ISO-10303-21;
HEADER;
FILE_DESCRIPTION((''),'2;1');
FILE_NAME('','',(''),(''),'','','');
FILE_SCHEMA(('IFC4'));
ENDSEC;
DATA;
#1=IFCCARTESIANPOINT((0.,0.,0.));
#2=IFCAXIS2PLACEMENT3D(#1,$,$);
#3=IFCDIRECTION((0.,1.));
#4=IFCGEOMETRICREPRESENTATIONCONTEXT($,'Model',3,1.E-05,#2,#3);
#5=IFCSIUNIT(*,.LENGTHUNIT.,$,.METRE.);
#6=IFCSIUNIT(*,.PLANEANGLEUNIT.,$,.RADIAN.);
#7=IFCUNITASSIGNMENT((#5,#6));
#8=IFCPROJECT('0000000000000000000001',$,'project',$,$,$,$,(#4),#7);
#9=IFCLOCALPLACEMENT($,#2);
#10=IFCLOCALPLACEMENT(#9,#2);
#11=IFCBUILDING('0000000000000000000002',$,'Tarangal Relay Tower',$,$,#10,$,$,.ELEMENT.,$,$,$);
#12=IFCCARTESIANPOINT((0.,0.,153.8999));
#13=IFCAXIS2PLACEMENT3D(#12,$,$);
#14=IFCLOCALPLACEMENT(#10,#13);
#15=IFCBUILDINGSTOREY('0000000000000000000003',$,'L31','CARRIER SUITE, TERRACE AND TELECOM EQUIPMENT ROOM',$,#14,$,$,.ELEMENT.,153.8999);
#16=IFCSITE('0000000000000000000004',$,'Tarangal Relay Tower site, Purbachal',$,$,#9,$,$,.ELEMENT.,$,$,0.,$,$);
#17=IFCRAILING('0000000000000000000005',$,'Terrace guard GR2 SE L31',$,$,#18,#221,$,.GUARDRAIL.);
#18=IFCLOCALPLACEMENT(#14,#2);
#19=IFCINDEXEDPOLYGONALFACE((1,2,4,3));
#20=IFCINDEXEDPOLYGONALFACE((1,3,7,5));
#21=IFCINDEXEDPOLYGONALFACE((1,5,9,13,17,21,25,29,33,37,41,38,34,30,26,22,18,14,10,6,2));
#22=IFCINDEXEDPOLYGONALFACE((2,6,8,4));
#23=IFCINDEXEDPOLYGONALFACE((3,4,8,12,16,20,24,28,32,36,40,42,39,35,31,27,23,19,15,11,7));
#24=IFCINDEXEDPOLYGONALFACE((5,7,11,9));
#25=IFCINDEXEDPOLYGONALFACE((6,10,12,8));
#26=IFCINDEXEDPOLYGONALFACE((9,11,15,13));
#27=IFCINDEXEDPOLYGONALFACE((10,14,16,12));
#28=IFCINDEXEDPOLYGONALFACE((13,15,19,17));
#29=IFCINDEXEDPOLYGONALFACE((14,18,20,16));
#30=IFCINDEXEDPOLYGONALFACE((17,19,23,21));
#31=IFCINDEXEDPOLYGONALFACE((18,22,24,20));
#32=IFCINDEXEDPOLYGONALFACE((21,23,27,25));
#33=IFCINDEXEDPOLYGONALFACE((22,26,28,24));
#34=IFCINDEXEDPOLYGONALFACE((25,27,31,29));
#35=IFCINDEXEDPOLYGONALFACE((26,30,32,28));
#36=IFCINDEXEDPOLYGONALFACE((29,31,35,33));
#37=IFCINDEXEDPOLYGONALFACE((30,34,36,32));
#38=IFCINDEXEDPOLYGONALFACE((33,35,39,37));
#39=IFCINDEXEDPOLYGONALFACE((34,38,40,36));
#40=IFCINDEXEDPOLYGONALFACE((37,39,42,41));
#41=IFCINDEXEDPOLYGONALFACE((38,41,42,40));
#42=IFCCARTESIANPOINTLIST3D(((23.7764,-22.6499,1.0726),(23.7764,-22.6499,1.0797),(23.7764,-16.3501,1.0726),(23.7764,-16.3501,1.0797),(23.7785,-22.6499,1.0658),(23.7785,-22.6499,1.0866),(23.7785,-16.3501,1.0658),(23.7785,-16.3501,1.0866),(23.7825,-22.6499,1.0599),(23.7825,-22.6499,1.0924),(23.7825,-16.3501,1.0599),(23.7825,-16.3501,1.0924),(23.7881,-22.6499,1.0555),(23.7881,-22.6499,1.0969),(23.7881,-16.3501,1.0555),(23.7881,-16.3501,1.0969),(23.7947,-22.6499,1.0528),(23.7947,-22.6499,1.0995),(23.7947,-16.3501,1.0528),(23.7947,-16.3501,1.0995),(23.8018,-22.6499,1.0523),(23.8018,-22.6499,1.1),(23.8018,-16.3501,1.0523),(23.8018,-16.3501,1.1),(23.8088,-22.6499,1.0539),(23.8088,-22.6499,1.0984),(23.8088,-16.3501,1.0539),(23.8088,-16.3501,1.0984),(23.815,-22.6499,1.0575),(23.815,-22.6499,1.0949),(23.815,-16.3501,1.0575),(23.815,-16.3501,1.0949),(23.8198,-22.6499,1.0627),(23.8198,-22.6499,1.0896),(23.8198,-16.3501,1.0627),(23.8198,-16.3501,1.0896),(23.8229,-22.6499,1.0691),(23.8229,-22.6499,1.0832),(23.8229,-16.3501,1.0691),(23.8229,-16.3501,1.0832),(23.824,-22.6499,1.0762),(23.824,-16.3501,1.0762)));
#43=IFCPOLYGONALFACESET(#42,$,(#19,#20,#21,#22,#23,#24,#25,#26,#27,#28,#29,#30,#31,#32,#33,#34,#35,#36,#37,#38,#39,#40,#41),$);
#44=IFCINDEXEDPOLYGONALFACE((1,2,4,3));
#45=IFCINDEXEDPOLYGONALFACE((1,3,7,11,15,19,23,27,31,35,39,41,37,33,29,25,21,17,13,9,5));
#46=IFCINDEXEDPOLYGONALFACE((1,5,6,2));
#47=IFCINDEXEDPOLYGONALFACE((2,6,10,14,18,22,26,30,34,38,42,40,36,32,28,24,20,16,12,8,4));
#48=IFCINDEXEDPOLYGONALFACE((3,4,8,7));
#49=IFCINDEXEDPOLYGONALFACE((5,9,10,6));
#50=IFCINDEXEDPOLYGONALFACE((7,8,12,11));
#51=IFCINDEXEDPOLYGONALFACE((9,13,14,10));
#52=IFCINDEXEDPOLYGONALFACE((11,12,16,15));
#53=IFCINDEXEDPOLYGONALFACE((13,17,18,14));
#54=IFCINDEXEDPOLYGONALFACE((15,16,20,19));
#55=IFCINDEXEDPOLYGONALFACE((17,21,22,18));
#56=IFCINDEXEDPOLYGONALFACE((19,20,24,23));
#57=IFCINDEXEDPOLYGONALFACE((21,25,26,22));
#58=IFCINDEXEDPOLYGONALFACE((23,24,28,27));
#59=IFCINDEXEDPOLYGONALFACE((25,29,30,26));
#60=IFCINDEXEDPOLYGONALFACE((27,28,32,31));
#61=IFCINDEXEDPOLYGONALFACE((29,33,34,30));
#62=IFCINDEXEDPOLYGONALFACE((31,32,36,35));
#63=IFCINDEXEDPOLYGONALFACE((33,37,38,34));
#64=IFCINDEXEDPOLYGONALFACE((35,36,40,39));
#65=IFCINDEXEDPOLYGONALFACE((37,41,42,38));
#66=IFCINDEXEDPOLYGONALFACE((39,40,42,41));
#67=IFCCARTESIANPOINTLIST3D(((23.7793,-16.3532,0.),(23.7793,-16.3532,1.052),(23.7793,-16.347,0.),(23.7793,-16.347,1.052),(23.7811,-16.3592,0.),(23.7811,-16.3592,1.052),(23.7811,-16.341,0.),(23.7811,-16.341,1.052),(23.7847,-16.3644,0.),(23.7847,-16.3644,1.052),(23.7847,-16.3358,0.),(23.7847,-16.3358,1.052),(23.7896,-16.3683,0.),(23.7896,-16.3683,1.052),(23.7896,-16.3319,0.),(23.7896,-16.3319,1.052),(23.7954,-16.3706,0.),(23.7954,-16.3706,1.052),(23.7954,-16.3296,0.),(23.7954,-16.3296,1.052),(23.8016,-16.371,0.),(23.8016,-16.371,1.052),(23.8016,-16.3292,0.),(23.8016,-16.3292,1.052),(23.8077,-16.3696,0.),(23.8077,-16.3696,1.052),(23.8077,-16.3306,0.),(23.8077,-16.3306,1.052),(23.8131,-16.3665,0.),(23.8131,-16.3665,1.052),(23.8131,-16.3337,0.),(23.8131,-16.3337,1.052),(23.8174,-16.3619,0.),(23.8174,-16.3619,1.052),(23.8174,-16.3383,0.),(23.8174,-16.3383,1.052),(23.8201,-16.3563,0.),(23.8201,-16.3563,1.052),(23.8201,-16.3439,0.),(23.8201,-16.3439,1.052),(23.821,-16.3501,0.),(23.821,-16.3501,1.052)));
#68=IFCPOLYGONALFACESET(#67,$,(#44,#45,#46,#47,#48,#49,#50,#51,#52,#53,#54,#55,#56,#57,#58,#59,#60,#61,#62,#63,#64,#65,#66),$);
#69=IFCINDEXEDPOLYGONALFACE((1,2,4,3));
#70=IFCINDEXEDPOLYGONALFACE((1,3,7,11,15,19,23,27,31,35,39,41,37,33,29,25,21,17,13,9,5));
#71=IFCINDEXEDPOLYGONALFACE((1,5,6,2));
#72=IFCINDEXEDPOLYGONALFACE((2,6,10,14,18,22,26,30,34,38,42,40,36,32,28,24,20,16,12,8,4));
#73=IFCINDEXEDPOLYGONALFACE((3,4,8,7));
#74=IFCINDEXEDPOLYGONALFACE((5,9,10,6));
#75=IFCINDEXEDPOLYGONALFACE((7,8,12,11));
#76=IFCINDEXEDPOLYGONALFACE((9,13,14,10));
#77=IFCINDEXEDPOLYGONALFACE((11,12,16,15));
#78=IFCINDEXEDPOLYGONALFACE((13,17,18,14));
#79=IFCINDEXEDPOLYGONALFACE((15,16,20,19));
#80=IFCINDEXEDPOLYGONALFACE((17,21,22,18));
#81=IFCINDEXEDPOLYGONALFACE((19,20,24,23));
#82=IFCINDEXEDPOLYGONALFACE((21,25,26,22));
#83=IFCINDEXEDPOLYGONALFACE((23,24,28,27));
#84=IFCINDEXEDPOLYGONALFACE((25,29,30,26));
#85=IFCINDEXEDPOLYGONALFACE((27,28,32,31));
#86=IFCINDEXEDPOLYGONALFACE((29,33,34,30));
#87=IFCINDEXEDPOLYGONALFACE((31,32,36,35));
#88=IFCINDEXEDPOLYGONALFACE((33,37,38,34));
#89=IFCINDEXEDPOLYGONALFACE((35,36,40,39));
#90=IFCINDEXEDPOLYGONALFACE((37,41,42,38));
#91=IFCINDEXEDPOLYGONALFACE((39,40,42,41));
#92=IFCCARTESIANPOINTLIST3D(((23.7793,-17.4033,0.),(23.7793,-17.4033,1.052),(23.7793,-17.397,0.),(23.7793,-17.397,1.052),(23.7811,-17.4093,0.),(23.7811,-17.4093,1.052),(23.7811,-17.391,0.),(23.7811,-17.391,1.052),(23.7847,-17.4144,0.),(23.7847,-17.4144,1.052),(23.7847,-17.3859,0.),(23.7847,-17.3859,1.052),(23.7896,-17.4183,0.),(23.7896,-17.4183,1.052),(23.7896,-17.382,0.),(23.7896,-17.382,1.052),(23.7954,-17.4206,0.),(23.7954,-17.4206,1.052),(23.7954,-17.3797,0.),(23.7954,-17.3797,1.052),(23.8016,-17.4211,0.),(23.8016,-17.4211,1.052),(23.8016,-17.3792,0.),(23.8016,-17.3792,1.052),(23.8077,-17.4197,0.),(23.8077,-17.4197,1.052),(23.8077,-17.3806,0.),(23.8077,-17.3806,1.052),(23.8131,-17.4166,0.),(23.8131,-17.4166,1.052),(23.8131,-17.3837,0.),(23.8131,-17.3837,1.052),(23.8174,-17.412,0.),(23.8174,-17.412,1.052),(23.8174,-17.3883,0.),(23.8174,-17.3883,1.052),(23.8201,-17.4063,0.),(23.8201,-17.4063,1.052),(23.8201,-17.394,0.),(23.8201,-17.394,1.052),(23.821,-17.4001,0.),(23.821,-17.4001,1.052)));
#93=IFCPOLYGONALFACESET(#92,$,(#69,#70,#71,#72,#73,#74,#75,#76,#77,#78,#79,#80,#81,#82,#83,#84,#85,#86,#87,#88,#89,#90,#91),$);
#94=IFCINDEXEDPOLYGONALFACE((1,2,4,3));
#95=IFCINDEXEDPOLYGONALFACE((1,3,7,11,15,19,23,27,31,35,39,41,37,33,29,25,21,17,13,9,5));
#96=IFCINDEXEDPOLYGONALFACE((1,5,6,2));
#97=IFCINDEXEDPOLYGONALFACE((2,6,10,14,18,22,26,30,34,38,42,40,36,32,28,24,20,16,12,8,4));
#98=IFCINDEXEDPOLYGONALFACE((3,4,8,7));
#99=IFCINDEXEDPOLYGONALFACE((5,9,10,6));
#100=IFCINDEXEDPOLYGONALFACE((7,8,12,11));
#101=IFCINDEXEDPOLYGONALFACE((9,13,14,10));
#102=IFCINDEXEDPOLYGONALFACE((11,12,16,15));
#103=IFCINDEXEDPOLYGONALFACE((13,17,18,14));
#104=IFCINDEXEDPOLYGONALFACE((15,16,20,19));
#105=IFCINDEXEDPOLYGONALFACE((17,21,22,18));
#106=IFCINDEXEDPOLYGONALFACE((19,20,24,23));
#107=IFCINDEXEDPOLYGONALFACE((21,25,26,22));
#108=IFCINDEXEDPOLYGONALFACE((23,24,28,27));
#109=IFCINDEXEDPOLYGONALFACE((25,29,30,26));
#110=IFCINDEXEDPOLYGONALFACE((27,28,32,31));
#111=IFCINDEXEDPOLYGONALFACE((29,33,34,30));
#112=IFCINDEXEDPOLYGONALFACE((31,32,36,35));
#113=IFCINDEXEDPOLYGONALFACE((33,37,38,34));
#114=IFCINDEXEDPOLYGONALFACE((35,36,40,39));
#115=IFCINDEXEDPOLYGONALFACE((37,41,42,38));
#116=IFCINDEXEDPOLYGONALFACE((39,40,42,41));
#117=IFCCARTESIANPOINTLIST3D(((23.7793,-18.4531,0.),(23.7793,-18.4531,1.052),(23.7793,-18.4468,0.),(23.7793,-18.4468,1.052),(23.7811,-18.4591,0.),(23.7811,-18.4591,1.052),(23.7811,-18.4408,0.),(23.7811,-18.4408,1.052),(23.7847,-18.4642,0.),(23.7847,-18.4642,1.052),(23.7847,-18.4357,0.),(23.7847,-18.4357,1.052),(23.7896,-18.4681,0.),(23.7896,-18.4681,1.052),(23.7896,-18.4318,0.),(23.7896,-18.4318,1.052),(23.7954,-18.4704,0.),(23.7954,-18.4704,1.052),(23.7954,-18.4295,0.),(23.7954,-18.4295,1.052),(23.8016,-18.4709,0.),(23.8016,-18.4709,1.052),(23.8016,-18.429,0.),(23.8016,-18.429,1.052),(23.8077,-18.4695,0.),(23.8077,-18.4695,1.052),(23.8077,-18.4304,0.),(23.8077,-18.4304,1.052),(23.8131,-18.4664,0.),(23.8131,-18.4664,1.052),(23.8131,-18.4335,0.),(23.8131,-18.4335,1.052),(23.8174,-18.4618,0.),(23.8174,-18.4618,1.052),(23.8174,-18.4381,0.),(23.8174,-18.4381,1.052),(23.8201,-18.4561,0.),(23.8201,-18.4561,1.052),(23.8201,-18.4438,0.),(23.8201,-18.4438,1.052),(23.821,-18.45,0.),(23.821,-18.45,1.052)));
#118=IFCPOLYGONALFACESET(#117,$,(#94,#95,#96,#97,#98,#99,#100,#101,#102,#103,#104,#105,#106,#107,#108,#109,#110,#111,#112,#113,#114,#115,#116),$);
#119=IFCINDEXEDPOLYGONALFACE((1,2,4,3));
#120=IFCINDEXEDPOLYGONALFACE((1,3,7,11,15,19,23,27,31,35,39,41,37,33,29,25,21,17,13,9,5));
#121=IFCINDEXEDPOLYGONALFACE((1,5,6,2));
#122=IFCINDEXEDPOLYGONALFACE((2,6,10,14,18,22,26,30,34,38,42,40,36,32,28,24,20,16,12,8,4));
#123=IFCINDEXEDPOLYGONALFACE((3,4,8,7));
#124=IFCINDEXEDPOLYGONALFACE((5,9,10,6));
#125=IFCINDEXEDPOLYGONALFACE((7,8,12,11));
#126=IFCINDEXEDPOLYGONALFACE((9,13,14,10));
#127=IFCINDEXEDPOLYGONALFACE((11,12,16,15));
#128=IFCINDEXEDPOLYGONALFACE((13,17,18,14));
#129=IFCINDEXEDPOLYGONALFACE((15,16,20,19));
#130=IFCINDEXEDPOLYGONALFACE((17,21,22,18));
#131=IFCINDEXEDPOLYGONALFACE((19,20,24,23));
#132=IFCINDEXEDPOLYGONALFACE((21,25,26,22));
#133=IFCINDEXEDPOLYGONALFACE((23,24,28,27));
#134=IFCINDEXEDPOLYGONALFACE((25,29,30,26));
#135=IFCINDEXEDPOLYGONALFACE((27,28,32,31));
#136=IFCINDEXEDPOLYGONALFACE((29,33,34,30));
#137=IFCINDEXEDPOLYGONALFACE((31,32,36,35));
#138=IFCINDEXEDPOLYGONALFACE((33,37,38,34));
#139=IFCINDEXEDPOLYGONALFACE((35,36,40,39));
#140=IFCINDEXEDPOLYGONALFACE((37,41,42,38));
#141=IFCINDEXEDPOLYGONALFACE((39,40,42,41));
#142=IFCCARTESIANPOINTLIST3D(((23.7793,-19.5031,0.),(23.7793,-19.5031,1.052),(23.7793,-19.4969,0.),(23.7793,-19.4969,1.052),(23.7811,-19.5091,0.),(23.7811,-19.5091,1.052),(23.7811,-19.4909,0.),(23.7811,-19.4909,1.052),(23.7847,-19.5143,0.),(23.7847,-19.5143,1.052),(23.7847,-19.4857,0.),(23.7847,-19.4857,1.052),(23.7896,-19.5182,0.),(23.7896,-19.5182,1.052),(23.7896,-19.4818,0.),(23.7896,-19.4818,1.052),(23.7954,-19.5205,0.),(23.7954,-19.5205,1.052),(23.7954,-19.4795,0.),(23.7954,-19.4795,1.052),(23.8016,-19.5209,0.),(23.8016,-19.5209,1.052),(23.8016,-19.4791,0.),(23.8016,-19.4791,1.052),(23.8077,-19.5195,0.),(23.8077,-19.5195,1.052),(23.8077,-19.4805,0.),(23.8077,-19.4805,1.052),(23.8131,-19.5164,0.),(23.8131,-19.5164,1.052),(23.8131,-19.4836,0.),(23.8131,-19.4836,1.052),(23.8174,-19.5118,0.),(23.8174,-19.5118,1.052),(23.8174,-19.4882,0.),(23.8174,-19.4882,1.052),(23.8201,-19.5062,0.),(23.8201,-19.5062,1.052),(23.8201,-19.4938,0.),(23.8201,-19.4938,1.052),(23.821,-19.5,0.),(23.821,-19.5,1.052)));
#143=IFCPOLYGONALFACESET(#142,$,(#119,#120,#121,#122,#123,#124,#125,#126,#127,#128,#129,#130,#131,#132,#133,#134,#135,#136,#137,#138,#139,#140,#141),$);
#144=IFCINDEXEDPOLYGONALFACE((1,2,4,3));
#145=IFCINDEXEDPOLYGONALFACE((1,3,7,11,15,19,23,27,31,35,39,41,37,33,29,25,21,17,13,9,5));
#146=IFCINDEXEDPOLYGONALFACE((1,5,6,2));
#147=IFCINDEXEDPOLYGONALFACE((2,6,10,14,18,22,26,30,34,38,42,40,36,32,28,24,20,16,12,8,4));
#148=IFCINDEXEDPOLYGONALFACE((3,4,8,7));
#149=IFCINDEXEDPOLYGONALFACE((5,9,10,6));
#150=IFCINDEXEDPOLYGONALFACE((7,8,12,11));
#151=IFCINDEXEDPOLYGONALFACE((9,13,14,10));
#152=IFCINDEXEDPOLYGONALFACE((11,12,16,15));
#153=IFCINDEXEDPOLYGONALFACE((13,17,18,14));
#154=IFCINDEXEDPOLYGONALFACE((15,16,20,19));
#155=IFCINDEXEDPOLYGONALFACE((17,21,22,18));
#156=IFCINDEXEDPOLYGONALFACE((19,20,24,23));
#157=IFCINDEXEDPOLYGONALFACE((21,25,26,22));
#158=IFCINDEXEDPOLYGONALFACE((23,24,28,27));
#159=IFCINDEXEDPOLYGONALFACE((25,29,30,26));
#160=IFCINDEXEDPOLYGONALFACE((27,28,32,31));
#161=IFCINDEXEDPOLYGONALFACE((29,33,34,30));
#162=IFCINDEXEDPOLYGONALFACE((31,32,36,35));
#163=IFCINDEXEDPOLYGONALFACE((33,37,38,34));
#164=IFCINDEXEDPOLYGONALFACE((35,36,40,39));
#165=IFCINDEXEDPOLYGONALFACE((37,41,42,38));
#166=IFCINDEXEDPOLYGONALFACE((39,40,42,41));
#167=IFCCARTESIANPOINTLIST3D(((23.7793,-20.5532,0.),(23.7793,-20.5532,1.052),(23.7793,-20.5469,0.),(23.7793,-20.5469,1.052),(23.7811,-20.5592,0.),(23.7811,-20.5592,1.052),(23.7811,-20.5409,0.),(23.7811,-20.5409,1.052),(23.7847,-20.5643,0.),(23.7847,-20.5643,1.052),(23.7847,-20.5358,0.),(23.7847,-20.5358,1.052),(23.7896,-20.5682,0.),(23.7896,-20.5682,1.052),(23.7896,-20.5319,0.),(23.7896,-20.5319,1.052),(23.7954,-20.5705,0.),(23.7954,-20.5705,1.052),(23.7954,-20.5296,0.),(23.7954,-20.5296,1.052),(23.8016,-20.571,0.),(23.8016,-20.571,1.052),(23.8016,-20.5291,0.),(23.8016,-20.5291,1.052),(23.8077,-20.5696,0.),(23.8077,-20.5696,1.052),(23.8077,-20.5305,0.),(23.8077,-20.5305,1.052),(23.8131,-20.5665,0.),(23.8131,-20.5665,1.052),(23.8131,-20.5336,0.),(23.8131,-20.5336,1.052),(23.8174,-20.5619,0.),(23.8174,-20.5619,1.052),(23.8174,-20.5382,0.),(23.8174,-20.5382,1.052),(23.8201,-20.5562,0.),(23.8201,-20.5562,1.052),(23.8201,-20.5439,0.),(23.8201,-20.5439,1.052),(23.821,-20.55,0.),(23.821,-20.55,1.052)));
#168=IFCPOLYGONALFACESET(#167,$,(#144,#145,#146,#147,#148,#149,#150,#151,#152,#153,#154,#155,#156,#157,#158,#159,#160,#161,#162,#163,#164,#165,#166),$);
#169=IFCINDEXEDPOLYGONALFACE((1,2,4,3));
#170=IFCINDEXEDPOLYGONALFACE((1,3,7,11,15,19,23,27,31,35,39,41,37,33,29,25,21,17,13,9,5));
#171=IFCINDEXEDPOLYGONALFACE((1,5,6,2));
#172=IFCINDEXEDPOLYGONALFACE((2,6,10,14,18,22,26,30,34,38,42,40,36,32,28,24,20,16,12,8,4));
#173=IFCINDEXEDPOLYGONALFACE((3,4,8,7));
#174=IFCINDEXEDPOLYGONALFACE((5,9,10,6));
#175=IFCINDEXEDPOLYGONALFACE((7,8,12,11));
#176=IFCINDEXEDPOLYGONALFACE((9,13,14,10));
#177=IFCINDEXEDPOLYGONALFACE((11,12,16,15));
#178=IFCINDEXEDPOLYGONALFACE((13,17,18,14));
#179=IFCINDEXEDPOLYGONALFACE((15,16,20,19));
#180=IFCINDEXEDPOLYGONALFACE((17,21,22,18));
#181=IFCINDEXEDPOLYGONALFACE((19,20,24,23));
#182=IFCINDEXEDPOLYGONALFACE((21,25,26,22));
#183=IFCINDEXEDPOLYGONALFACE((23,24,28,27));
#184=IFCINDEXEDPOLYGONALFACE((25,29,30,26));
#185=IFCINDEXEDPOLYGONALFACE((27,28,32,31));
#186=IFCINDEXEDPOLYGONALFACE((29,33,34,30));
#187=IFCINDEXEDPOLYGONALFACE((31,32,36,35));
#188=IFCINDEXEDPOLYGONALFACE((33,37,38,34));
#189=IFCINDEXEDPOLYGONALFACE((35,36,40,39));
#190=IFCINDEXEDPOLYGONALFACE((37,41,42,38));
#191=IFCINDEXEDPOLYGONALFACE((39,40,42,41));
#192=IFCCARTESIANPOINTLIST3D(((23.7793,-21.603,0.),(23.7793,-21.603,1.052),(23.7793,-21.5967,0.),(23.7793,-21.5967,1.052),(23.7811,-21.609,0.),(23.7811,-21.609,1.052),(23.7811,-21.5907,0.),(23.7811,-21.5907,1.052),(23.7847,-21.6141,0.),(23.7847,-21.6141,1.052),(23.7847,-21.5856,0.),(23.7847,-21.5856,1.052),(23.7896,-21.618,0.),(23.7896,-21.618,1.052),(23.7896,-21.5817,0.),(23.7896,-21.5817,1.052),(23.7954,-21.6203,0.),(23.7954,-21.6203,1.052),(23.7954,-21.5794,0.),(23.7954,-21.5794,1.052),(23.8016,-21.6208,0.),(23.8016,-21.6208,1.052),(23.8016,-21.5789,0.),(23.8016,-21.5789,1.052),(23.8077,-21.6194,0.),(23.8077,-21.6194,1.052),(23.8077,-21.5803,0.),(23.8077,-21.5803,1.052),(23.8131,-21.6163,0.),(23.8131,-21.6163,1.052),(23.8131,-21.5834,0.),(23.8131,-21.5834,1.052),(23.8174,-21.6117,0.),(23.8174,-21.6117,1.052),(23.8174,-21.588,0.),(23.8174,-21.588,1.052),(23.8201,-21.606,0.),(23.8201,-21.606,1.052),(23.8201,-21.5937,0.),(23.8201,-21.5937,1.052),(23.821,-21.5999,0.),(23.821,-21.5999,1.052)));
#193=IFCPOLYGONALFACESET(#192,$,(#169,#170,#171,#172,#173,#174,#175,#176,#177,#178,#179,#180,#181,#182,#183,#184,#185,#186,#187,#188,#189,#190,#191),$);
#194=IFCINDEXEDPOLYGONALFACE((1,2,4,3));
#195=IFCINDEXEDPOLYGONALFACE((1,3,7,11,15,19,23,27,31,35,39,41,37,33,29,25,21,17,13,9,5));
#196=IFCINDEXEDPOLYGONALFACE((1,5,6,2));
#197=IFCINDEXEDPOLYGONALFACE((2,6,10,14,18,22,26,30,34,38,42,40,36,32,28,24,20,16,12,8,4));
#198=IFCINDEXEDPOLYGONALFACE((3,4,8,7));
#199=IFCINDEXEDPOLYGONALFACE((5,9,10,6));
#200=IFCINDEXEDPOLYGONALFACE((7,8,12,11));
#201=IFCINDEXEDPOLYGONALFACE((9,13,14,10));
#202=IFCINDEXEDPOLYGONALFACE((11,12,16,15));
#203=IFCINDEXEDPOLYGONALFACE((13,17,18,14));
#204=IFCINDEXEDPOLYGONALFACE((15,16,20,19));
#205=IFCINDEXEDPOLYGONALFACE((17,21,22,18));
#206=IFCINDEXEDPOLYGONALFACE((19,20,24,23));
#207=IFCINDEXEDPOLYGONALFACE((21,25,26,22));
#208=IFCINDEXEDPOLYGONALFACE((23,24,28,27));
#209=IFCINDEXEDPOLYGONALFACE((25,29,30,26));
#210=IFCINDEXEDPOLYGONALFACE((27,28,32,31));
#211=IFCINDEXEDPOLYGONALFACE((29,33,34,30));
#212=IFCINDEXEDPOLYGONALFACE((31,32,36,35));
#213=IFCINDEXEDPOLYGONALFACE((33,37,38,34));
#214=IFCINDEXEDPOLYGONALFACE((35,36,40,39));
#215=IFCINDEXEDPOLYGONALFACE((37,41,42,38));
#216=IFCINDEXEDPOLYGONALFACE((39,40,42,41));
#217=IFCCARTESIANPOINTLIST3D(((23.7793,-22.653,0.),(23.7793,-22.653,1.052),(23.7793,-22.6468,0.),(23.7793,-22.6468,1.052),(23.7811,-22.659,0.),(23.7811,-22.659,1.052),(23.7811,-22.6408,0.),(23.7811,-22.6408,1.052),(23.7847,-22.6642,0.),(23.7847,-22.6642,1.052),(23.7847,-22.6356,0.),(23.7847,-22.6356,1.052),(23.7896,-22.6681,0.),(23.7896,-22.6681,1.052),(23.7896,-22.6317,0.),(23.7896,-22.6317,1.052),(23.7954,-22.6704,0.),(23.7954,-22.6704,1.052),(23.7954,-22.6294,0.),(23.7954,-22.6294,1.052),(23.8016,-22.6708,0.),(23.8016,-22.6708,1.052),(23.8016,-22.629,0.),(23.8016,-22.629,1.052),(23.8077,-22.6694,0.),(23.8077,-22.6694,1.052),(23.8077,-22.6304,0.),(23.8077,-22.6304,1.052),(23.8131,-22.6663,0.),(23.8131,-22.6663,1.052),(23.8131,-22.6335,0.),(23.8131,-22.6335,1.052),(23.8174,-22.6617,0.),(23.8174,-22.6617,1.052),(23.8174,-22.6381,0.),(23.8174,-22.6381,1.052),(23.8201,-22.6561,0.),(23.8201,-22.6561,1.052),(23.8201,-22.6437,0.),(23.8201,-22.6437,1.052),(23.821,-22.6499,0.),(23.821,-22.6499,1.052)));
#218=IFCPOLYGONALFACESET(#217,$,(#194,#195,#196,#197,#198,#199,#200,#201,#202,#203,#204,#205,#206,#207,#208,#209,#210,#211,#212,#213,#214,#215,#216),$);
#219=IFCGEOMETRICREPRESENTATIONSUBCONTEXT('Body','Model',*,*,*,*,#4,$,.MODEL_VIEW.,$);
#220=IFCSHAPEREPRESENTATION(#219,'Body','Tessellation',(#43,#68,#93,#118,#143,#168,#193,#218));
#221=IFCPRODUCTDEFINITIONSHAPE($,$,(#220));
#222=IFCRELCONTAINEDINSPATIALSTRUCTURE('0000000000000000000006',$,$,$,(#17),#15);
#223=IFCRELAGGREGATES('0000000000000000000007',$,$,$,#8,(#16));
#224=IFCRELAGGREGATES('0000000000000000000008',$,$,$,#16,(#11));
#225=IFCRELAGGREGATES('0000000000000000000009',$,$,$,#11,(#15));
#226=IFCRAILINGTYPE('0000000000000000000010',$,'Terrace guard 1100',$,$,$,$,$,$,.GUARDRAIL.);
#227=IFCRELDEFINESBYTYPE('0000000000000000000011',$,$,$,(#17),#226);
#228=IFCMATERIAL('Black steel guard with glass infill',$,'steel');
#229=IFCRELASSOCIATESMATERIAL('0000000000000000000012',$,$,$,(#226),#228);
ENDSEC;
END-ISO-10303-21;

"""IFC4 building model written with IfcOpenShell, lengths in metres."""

from ifc_helpers import new_model, si_unit, direction, frame, origin, origin_2d, place, context, subcontext, project, spatial, circle, extrude, material, type_object, element, save


model = new_model("IFC4")

# Units and contexts
model_context = context("Model", 3, precision=1e-05, world=origin(), true_north=direction((0.0, 1.0)))
body_context = subcontext(model_context, "Body", "Model", "MODEL_VIEW")
ifc_project = project(units=[si_unit("LENGTHUNIT", "METRE"), si_unit("PLANEANGLEUNIT", "RADIAN")], contexts=[model_context])

# Site, building, storey
site_placement = place(None, origin())
site = spatial("IfcSite", under=ifc_project, at=site_placement, Name="Tarangal Relay Tower site, Purbachal", CompositionType="ELEMENT", RefElevation=0.0)
building_placement = place(site_placement, origin())
building = spatial("IfcBuilding", under=site, at=building_placement, Name="Tarangal Relay Tower", CompositionType="ELEMENT")
storey_placement = place(building_placement, frame((0.0, 0.0, 153.8999)))
storey = spatial("IfcBuildingStorey", under=building, at=storey_placement, Name="L31", Description="CARRIER SUITE, TERRACE AND TELECOM EQUIPMENT ROOM", CompositionType="ELEMENT", Elevation=153.8999)

# Railing
ifc_material_1 = material(Name="Black steel guard with glass infill", Category="steel")
railing_type = type_object("IfcRailingType", Name="Terrace guard 1100", PredefinedType="GUARDRAIL", material=ifc_material_1)
railing_placement = place(storey_placement, frame((23.8, -16.3501, 0.0)))
element("IfcRailing", 1, at=railing_placement, inside=storey, type_object=railing_type, Name="Terrace guard GR2 SE L31", PredefinedType="GUARDRAIL", context=body_context, shape_type="SweptSolid", body=[
    extrude(circle(Radius=0.0239, at=origin_2d()), frame((0.0, 0.0, 1.0762), z_axis=(0.0, -1.0, 0.0), x_axis=(1.0, 0.0, 0.0)), (0.0, 0.0, 1.0), 6.2998),
    extrude(circle(Radius=0.021, at=origin_2d()), origin(), (0.0, 0.0, 1.0), 1.052),
    extrude(circle(Radius=0.021, at=origin_2d()), frame((0.0, -1.05, 0.0)), (0.0, 0.0, 1.0), 1.052),
    extrude(circle(Radius=0.021, at=origin_2d()), frame((0.0, -2.0999, 0.0)), (0.0, 0.0, 1.0), 1.052),
    extrude(circle(Radius=0.021, at=origin_2d()), frame((0.0, -3.1499, 0.0)), (0.0, 0.0, 1.0), 1.052),
    extrude(circle(Radius=0.021, at=origin_2d()), frame((0.0, -4.2, 0.0)), (0.0, 0.0, 1.0), 1.052),
    extrude(circle(Radius=0.021, at=origin_2d()), frame((0.0, -5.2498, 0.0)), (0.0, 0.0, 1.0), 1.052),
    extrude(circle(Radius=0.021, at=origin_2d()), frame((0.0, -6.2998, 0.0)), (0.0, 0.0, 1.0), 1.052),
])

save(model, "model.ifc")
